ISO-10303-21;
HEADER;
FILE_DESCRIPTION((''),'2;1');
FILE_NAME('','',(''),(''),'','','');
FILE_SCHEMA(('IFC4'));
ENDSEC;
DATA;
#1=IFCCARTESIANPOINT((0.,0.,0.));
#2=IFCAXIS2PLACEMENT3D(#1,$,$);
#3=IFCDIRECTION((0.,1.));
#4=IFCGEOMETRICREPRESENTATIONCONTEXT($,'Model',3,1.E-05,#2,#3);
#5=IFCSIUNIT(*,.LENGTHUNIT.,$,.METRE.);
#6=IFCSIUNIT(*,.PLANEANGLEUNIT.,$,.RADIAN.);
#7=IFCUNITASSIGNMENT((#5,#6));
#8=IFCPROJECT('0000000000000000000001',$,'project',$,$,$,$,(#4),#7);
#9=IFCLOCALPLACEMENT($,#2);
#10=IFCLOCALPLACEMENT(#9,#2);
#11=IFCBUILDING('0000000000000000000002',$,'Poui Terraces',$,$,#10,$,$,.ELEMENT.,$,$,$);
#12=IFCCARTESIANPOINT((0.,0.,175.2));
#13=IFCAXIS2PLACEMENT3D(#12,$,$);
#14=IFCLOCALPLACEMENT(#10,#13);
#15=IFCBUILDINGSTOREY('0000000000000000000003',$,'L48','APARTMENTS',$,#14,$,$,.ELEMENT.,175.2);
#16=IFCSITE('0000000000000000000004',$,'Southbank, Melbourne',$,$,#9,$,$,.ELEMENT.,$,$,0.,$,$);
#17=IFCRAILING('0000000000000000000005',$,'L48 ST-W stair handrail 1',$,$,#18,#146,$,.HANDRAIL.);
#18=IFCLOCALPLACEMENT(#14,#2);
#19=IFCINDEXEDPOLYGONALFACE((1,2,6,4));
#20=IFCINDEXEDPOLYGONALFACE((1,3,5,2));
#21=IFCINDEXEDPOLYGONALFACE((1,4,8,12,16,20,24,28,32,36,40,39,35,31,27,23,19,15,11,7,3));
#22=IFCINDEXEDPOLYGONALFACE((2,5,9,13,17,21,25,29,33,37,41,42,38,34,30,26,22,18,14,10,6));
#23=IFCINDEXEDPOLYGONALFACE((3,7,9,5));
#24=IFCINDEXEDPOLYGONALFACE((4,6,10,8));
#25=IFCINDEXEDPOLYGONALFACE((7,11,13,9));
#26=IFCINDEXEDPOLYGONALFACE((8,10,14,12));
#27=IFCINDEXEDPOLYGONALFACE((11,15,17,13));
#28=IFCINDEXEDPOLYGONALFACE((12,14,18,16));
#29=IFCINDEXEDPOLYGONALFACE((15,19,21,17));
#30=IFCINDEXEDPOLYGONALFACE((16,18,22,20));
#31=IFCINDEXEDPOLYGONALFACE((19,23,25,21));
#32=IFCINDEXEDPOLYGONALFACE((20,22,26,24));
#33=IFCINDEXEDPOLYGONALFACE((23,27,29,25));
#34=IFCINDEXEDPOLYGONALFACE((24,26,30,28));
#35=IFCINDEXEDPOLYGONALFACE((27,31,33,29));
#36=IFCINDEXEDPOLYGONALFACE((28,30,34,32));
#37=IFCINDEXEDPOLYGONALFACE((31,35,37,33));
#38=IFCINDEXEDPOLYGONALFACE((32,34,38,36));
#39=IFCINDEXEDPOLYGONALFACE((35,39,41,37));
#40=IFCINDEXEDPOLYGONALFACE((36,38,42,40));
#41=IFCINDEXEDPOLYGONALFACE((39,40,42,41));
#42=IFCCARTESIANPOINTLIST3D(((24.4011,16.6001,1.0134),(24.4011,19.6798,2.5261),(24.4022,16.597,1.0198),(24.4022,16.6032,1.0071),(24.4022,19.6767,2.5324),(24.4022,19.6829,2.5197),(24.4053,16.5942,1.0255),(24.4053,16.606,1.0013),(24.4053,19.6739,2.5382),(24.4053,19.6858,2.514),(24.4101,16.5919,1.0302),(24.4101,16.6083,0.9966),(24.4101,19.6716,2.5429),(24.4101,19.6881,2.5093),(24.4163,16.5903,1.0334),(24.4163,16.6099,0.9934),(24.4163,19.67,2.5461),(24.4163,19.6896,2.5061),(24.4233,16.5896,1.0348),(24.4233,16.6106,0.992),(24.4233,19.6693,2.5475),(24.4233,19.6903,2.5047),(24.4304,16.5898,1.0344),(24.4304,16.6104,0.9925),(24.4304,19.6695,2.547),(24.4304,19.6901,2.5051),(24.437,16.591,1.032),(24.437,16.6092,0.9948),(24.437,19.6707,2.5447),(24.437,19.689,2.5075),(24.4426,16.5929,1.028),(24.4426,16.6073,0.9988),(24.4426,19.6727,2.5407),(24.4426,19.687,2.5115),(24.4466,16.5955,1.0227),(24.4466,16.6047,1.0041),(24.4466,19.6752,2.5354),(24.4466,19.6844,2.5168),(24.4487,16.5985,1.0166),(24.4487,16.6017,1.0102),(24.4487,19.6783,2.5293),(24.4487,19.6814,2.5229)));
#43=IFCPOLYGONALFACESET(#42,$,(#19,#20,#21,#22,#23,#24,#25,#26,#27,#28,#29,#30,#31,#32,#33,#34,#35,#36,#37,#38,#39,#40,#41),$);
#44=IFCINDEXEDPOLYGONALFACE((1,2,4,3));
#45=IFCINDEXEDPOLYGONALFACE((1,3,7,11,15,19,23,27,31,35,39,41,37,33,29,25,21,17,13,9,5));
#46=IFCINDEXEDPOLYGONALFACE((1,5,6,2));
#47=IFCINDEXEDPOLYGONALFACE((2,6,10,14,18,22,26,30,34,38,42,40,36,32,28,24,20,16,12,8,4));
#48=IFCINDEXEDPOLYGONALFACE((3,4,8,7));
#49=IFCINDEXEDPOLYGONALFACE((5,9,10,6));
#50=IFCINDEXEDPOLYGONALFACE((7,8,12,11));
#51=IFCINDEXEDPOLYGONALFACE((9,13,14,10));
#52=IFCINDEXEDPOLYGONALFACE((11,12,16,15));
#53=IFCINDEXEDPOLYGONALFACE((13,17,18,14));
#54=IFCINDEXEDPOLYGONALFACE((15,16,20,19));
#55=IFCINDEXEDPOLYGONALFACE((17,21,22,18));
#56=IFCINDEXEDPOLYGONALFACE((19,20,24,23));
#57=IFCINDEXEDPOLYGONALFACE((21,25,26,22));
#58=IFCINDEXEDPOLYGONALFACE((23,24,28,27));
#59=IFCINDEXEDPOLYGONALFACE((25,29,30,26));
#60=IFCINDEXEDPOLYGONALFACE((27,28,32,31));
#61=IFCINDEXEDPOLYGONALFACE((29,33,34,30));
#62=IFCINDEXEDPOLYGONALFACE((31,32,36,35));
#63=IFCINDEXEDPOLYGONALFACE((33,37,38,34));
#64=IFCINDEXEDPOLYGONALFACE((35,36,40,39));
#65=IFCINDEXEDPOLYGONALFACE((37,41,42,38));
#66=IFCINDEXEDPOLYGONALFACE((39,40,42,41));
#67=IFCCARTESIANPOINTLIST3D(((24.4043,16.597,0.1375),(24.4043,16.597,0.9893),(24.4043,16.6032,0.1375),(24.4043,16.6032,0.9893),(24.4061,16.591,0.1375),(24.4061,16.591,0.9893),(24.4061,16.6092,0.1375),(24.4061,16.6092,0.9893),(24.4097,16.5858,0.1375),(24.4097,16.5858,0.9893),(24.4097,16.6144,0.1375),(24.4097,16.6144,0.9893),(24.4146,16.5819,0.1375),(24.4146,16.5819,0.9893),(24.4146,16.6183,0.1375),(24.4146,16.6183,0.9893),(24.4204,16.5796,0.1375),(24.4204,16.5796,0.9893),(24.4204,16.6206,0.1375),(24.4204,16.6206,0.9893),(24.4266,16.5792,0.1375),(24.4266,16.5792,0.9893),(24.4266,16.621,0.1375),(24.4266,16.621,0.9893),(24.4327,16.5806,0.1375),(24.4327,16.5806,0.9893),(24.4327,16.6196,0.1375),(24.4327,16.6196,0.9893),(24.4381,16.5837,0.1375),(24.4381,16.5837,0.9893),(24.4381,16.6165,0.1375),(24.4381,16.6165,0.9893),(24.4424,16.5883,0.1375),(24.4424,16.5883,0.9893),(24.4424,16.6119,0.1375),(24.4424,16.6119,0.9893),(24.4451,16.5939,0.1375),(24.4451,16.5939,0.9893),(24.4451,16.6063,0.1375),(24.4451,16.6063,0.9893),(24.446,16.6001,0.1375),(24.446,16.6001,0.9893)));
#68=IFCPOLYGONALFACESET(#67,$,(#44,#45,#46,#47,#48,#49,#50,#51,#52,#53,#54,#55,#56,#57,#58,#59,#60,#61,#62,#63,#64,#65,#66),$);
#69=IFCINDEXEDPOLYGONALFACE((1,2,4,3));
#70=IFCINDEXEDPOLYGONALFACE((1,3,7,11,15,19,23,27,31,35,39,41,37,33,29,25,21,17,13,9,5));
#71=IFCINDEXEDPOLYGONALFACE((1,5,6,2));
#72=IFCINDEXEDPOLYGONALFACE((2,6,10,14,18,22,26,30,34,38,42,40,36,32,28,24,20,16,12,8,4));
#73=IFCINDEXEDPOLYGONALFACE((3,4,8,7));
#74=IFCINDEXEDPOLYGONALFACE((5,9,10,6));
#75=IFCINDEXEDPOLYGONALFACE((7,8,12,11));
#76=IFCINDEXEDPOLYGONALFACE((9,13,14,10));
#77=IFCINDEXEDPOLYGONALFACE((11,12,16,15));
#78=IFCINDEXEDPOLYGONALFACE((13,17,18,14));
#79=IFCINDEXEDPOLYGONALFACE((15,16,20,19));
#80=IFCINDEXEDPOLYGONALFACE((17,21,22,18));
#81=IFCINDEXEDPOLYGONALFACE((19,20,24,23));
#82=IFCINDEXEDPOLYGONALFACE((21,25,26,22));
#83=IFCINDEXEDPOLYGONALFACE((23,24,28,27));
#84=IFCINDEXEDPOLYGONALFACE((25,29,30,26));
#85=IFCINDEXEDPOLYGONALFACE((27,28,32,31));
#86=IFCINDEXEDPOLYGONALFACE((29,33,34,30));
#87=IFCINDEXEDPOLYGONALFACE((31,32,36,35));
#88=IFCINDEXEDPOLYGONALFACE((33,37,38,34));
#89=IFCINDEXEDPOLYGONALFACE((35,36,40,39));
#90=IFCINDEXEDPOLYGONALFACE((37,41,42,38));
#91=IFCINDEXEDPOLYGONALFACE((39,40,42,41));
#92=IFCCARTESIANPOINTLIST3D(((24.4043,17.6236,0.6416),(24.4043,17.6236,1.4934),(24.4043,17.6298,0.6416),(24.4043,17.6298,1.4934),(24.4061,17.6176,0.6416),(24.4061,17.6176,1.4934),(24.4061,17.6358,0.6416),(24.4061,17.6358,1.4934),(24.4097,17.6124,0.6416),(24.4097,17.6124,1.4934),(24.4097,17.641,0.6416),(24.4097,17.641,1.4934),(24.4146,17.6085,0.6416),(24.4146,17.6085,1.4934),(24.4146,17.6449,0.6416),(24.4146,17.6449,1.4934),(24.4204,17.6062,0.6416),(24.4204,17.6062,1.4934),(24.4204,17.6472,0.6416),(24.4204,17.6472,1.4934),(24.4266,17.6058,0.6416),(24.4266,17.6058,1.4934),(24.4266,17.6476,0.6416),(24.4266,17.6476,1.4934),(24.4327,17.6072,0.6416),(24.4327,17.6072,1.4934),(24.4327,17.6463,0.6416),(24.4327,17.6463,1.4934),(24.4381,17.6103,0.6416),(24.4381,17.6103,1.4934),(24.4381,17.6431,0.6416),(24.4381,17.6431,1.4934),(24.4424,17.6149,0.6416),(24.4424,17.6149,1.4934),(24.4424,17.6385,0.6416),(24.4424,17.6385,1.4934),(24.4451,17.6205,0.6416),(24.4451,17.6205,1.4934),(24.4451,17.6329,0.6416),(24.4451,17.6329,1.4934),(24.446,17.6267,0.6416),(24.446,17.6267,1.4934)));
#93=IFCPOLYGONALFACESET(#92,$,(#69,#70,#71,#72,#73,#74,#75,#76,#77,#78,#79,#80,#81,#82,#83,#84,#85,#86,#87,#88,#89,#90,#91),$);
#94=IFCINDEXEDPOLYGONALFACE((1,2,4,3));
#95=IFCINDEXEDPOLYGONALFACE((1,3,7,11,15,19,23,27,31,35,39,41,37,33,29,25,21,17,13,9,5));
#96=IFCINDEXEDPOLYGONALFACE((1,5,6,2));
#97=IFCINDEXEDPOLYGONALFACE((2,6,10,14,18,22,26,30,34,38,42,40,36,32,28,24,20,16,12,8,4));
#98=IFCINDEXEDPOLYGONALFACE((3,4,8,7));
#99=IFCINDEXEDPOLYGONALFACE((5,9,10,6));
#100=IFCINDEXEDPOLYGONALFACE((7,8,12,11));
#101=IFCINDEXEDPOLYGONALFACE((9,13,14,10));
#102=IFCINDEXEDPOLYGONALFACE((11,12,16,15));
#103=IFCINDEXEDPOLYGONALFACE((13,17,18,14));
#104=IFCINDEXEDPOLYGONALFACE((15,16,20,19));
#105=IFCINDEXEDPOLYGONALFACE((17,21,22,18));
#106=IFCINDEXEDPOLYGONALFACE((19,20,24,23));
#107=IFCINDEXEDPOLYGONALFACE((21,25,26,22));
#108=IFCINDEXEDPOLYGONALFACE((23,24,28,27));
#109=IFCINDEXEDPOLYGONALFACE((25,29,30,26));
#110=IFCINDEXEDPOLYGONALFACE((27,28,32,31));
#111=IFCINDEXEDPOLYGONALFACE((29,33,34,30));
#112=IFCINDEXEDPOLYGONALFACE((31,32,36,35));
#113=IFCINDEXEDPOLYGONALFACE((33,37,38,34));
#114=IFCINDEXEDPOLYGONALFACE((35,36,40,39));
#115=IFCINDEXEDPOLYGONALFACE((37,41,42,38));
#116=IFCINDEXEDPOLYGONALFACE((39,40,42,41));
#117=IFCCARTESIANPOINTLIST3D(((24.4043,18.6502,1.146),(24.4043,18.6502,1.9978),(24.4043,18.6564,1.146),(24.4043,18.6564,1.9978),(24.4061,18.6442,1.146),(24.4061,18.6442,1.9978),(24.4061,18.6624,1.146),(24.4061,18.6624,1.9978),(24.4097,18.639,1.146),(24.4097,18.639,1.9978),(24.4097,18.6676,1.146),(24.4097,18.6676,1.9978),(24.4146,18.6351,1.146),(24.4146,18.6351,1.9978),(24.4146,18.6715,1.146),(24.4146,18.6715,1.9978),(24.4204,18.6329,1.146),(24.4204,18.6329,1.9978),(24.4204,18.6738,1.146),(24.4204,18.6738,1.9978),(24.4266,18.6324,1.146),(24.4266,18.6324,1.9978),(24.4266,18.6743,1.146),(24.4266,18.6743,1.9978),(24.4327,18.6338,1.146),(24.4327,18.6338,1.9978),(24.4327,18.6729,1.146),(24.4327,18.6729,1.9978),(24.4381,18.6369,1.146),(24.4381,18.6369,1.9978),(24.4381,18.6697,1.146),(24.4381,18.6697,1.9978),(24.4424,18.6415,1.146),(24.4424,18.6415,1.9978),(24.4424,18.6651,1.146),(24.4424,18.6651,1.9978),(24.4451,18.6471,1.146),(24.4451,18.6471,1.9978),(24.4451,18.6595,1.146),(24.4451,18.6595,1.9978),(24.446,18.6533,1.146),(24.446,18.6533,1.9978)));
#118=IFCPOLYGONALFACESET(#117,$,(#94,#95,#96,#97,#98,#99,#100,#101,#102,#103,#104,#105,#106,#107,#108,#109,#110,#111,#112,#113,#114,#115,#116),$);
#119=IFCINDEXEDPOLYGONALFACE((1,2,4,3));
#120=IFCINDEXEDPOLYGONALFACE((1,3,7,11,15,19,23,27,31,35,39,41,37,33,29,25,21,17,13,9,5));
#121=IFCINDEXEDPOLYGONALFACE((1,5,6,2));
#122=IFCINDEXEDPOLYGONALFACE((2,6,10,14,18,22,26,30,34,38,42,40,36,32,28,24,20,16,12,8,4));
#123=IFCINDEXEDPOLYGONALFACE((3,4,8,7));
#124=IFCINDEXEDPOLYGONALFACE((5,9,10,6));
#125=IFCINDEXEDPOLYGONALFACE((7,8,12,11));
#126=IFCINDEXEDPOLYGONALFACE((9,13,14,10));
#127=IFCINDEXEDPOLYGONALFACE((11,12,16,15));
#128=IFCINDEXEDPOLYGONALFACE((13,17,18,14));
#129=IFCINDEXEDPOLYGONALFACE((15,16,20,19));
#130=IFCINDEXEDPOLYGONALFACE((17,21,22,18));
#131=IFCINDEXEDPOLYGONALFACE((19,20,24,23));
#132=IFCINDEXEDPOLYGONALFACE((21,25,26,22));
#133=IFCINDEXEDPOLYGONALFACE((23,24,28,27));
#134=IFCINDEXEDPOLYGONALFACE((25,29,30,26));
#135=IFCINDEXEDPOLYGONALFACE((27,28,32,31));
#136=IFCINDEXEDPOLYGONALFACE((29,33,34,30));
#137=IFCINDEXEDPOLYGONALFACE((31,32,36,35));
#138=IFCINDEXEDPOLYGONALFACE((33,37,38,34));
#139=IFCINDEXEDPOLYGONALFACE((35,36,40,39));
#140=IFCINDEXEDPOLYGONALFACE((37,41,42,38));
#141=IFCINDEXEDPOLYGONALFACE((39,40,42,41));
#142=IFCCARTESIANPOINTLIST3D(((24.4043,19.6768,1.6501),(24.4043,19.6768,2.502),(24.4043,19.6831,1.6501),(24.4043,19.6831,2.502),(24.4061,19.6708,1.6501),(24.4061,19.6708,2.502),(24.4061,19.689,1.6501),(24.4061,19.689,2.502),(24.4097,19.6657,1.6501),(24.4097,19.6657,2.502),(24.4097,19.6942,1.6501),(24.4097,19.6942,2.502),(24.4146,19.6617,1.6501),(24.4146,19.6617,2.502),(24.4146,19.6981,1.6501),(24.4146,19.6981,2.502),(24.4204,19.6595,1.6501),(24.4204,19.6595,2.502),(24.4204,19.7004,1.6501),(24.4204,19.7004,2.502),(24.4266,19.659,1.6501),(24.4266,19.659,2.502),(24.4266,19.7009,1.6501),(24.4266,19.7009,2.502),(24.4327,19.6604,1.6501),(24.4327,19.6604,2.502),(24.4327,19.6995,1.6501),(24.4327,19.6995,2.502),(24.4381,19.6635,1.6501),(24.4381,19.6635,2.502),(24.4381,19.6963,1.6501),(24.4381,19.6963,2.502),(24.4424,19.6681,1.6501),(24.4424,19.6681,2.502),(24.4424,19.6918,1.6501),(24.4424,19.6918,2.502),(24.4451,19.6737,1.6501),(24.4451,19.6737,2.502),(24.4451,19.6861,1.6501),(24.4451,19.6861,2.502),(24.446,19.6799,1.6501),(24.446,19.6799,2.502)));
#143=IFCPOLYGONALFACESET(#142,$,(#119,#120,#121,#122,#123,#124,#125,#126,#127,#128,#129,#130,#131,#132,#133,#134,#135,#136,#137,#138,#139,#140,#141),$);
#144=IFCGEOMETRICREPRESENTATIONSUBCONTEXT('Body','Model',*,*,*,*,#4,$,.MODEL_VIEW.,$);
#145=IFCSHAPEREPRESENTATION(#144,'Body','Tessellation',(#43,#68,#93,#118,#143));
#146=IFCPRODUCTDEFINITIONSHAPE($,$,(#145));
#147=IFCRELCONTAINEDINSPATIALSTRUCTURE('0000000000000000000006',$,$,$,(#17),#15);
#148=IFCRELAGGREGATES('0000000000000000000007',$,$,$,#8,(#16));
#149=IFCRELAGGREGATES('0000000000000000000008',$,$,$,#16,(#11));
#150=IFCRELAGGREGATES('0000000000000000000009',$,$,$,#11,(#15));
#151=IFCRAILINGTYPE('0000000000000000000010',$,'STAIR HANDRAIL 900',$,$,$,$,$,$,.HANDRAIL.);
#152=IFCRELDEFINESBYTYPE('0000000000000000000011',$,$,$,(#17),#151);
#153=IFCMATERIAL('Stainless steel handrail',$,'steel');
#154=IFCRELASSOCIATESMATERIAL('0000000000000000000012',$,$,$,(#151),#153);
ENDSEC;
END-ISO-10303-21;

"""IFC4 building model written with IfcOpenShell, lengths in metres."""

from ifc_helpers import new_model, si_unit, direction, frame, origin, origin_2d, place, context, subcontext, project, spatial, circle, extrude, material, type_object, element, save


model = new_model("IFC4")

# Units and contexts
model_context = context("Model", 3, precision=1e-05, world=origin(), true_north=direction((0.0, 1.0)))
body_context = subcontext(model_context, "Body", "Model", "MODEL_VIEW")
ifc_project = project(units=[si_unit("LENGTHUNIT", "METRE"), si_unit("PLANEANGLEUNIT", "RADIAN")], contexts=[model_context])

# Site, building, storey
site_placement = place(None, origin())
site = spatial("IfcSite", under=ifc_project, at=site_placement, Name="Southbank, Melbourne", CompositionType="ELEMENT", RefElevation=0.0)
building_placement = place(site_placement, origin())
building = spatial("IfcBuilding", under=site, at=building_placement, Name="Poui Terraces", CompositionType="ELEMENT")
storey_placement = place(building_placement, frame((0.0, 0.0, 175.2)))
storey = spatial("IfcBuildingStorey", under=building, at=storey_placement, Name="L48", Description="APARTMENTS", CompositionType="ELEMENT", Elevation=175.2)

# Railing
ifc_material_1 = material(Name="Stainless steel handrail", Category="steel")
railing_type_1 = type_object("IfcRailingType", Name="STAIR HANDRAIL 900", PredefinedType="HANDRAIL", material=ifc_material_1)
railing_1_placement = place(storey_placement, frame((24.425, 16.6001, 0.1375)))
element("IfcRailing", 1, at=railing_1_placement, inside=storey, type_object=railing_type_1, Name="L48 ST-W stair handrail 1", PredefinedType="HANDRAIL", context=body_context, shape_type="SweptSolid", body=[
    extrude(circle(Radius=0.0239, at=origin_2d()), frame((0.0, 0.0, 0.876), z_axis=(0.0, 0.897578, 0.440856), x_axis=(-1.0, 0.0, 0.0)), (0.0, 0.0, 1.0), 3.4312),
    extrude(circle(Radius=0.021, at=origin_2d()), origin(), (0.0, 0.0, 1.0), 0.8518),
    extrude(circle(Radius=0.021, at=origin_2d()), frame((0.0, 1.0266, 0.5042)), (0.0, 0.0, 1.0), 0.8518),
    extrude(circle(Radius=0.021, at=origin_2d()), frame((0.0, 2.0532, 1.0085)), (0.0, 0.0, 1.0), 0.8518),
    extrude(circle(Radius=0.021, at=origin_2d()), frame((0.0, 3.0798, 1.5127)), (0.0, 0.0, 1.0), 0.8518),
])

save(model, "model.ifc")
